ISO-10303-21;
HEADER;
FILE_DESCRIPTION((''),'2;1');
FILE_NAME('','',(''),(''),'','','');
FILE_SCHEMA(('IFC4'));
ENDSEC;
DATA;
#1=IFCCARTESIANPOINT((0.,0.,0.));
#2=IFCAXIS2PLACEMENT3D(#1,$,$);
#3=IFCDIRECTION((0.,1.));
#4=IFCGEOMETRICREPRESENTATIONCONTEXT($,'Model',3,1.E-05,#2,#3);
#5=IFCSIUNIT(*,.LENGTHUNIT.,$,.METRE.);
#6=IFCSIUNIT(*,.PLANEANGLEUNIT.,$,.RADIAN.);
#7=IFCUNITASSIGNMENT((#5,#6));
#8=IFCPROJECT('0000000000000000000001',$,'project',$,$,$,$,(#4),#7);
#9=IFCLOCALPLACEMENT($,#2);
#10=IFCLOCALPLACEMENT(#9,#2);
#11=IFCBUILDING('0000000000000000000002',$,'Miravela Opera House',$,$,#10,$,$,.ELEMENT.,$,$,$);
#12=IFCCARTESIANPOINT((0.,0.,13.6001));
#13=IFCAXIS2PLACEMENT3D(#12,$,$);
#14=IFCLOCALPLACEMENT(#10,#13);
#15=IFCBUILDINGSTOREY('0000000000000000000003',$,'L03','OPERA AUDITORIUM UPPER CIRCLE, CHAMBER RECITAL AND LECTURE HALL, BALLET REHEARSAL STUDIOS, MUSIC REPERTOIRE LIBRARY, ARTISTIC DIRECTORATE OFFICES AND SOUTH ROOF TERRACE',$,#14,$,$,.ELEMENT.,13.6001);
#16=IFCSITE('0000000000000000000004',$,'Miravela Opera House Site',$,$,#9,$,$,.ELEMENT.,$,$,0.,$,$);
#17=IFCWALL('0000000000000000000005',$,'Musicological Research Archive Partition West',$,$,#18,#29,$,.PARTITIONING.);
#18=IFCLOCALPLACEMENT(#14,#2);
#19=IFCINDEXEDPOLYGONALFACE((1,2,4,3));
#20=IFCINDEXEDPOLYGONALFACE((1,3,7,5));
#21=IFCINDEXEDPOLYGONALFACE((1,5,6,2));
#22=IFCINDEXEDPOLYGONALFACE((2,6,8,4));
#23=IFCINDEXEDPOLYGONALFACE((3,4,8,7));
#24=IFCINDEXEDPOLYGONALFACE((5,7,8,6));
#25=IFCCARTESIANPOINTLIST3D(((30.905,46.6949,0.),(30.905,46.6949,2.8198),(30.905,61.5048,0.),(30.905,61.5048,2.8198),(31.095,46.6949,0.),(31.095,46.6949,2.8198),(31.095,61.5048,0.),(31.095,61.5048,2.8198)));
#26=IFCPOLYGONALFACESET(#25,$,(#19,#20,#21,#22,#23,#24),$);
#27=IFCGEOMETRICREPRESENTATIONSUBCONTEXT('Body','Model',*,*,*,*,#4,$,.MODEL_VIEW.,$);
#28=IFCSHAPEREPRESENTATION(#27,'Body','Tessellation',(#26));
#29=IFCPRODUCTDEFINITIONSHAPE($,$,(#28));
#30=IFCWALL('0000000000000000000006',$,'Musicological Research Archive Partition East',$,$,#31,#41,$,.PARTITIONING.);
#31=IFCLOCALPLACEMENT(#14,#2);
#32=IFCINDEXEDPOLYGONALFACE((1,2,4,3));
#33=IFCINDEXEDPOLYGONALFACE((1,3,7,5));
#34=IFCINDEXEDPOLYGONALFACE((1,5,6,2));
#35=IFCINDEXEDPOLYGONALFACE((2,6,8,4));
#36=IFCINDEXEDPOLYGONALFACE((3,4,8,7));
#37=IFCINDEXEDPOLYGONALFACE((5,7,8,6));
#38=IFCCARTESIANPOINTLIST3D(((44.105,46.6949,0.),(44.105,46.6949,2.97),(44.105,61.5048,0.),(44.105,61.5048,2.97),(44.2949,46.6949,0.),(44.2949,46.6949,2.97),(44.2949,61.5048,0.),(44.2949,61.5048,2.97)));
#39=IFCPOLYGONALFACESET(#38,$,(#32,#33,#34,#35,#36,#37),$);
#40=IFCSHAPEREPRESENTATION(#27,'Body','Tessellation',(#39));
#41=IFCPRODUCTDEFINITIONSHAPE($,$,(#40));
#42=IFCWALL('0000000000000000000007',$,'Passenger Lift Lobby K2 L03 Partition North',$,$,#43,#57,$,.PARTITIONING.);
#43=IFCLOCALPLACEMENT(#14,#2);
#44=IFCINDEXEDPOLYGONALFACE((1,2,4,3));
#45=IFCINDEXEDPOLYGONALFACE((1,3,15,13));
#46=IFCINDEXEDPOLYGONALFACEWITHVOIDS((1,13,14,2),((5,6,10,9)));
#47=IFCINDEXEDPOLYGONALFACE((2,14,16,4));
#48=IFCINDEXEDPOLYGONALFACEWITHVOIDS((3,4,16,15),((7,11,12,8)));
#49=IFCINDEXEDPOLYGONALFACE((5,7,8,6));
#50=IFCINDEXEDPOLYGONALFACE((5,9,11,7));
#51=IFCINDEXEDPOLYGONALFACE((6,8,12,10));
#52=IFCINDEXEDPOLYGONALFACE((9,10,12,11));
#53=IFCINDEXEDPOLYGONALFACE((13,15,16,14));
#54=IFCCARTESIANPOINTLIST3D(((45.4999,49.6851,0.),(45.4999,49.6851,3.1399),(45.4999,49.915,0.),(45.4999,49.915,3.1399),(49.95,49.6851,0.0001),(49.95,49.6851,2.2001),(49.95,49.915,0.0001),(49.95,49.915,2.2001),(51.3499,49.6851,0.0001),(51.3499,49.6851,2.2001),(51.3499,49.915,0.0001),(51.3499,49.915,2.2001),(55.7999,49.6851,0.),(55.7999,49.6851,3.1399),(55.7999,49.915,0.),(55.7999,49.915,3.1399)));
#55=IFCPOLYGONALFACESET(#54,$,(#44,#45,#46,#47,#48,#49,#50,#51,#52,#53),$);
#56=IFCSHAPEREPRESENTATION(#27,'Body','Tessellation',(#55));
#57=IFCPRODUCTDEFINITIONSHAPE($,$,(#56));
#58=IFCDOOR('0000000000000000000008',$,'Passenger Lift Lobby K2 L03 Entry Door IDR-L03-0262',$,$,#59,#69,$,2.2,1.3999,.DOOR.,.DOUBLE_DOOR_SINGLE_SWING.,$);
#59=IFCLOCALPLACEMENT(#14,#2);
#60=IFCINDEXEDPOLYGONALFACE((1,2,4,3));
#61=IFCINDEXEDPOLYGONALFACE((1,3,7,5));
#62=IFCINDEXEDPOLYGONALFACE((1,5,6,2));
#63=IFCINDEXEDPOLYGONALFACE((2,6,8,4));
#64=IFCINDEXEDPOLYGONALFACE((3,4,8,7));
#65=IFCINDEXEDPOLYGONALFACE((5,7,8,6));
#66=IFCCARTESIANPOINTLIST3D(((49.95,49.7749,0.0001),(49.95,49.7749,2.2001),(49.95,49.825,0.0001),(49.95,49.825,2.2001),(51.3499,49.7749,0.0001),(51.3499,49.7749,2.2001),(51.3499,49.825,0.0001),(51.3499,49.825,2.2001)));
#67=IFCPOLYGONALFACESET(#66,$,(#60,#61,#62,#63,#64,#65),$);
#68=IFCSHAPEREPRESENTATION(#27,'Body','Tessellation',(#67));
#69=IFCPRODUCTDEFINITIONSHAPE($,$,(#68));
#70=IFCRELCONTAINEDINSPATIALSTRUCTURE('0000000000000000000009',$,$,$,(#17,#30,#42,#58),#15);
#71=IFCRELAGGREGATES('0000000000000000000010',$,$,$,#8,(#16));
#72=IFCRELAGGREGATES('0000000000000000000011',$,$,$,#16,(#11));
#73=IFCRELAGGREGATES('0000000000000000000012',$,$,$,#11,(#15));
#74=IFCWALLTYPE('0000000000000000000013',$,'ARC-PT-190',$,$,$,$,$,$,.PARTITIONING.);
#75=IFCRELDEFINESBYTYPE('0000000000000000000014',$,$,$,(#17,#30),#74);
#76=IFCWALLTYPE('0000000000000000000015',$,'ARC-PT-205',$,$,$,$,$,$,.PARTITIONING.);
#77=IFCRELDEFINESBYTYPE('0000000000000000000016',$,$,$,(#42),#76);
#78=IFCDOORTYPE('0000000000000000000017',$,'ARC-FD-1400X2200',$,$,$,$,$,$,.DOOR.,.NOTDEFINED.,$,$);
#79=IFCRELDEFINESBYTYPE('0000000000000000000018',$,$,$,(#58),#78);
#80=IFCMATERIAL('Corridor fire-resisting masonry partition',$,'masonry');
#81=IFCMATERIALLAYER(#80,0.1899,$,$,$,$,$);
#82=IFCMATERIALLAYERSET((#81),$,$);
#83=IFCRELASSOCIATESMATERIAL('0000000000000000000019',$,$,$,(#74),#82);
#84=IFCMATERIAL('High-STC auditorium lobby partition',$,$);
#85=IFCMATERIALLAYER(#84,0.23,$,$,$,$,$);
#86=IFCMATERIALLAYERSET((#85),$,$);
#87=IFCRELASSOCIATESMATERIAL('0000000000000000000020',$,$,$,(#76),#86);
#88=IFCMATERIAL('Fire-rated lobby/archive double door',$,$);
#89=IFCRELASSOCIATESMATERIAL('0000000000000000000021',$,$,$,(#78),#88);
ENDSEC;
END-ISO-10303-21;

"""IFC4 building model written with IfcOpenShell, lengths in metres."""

from ifc_helpers import new_model, si_unit, direction, frame, frame_2d, origin, place, context, subcontext, project, spatial, rectangle, extrude, material, layer, layer_set, type_object, element, fill, save


model = new_model("IFC4")

# Units and contexts
model_context = context("Model", 3, precision=1e-05, world=origin(), true_north=direction((0.0, 1.0)))
body_context = subcontext(model_context, "Body", "Model", "MODEL_VIEW")
ifc_project = project(units=[si_unit("LENGTHUNIT", "METRE"), si_unit("PLANEANGLEUNIT", "RADIAN")], contexts=[model_context])

# Site, building, storey
site_placement = place(None, origin())
site = spatial("IfcSite", under=ifc_project, at=site_placement, Name="Miravela Opera House Site", CompositionType="ELEMENT", RefElevation=0.0)
building_placement = place(site_placement, origin())
building = spatial("IfcBuilding", under=site, at=building_placement, Name="Miravela Opera House", CompositionType="ELEMENT")
storey_placement = place(building_placement, frame((0.0, 0.0, 13.6001)))
storey = spatial("IfcBuildingStorey", under=building, at=storey_placement, Name="L03", Description="OPERA AUDITORIUM UPPER CIRCLE, CHAMBER RECITAL AND LECTURE HALL, BALLET REHEARSAL STUDIOS, MUSIC REPERTOIRE LIBRARY, ARTISTIC DIRECTORATE OFFICES AND SOUTH ROOF TERRACE", CompositionType="ELEMENT", Elevation=13.6001)

# Shared definitions
ifc_material_1 = material(Name="Corridor fire-resisting masonry partition", Category="masonry")
ifc_layer_1 = layer(ifc_material_1, 0.1899)
ifc_layer_set_1 = layer_set([ifc_layer_1])
wall_type_1 = type_object("IfcWallType", Name="ARC-PT-190", PredefinedType="PARTITIONING", material=ifc_layer_set_1)

# Walls
wall_1_placement = place(storey_placement, frame((31.0, 46.6951, 0.0), z_axis=(0.0, 0.0, 1.0), x_axis=(0.0, 1.0, 0.0)))
element("IfcWall", 1, at=wall_1_placement, inside=storey, type_object=wall_type_1, Name="Musicological Research Archive Partition West", PredefinedType="PARTITIONING", context=body_context, shape_type="SweptSolid", body=[
    extrude(rectangle(XDim=14.8098, YDim=0.1899, at=frame_2d((7.4048, 0.0))), origin(), (0.0, 0.0, 1.0), 2.8198),
])
wall_2_placement = place(storey_placement, frame((44.2, 46.6951, 0.0), z_axis=(0.0, 0.0, 1.0), x_axis=(0.0, 1.0, 0.0)))
element("IfcWall", 2, at=wall_2_placement, inside=storey, type_object=wall_type_1, Name="Musicological Research Archive Partition East", PredefinedType="PARTITIONING", context=body_context, shape_type="SweptSolid", body=[
    extrude(rectangle(XDim=14.8098, YDim=0.1899, at=frame_2d((7.4048, 0.0))), origin(), (0.0, 0.0, 1.0), 2.97),
])

# Wall, opening, door
ifc_material_2 = material(Name="High-STC auditorium lobby partition")
ifc_layer_2 = layer(ifc_material_2, 0.23)
ifc_layer_set_2 = layer_set([ifc_layer_2])
wall_type_2 = type_object("IfcWallType", Name="ARC-PT-205", PredefinedType="PARTITIONING", material=ifc_layer_set_2)
wall_3_placement = place(storey_placement, frame((45.5, 49.8, 0.0), z_axis=(0.0, 0.0, 1.0), x_axis=(1.0, 0.0, 0.0)))
wall_3 = element("IfcWall", 3, at=wall_3_placement, inside=storey, type_object=wall_type_2, Name="Passenger Lift Lobby K2 L03 Partition North", PredefinedType="PARTITIONING", context=body_context, shape_type="SweptSolid", body=[
    extrude(rectangle(XDim=10.3, YDim=0.23, at=frame_2d((5.1499, 0.0))), origin(), (0.0, 0.0, 1.0), 3.1399),
])
opening_1_placement = place(wall_3_placement, frame((4.45, 0.0, 0.0)))
opening_1 = element("IfcOpeningElement", 4, at=opening_1_placement, cuts=wall_3, PredefinedType="OPENING", context=body_context, shape_type="SweptSolid", body=[
    extrude(rectangle(XDim=1.3999, YDim=2.2, at=frame_2d((0.7, 1.1001))), frame((0.0, 0.125, 0.0), z_axis=(0.0, -1.0, 0.0), x_axis=(1.0, 0.0, 0.0)), (0.0, 0.0, 1.0), 0.25),
])
ifc_material_3 = material(Name="Fire-rated lobby/archive double door")
door_type_1 = type_object("IfcDoorType", Name="ARC-FD-1400X2200", OperationType="NOTDEFINED", PredefinedType="DOOR", material=ifc_material_3)
door_1_placement = place(opening_1_placement, origin())
door_1 = element("IfcDoor", 5, at=door_1_placement, inside=storey, type_object=door_type_1, Name="Passenger Lift Lobby K2 L03 Entry Door IDR-L03-0262", OperationType="DOUBLE_DOOR_SINGLE_SWING", OverallHeight=2.2, OverallWidth=1.3999, PredefinedType="DOOR", context=body_context, shape_type="SweptSolid", body=[
    extrude(rectangle(XDim=1.3999, YDim=2.2, at=frame_2d((0.7, 1.1001))), frame((0.0, 0.0249, 0.0), z_axis=(0.0, -1.0, 0.0), x_axis=(1.0, 0.0, 0.0)), (0.0, 0.0, 1.0), 0.05),
])
fill(opening_1, door_1)

save(model, "model.ifc")
